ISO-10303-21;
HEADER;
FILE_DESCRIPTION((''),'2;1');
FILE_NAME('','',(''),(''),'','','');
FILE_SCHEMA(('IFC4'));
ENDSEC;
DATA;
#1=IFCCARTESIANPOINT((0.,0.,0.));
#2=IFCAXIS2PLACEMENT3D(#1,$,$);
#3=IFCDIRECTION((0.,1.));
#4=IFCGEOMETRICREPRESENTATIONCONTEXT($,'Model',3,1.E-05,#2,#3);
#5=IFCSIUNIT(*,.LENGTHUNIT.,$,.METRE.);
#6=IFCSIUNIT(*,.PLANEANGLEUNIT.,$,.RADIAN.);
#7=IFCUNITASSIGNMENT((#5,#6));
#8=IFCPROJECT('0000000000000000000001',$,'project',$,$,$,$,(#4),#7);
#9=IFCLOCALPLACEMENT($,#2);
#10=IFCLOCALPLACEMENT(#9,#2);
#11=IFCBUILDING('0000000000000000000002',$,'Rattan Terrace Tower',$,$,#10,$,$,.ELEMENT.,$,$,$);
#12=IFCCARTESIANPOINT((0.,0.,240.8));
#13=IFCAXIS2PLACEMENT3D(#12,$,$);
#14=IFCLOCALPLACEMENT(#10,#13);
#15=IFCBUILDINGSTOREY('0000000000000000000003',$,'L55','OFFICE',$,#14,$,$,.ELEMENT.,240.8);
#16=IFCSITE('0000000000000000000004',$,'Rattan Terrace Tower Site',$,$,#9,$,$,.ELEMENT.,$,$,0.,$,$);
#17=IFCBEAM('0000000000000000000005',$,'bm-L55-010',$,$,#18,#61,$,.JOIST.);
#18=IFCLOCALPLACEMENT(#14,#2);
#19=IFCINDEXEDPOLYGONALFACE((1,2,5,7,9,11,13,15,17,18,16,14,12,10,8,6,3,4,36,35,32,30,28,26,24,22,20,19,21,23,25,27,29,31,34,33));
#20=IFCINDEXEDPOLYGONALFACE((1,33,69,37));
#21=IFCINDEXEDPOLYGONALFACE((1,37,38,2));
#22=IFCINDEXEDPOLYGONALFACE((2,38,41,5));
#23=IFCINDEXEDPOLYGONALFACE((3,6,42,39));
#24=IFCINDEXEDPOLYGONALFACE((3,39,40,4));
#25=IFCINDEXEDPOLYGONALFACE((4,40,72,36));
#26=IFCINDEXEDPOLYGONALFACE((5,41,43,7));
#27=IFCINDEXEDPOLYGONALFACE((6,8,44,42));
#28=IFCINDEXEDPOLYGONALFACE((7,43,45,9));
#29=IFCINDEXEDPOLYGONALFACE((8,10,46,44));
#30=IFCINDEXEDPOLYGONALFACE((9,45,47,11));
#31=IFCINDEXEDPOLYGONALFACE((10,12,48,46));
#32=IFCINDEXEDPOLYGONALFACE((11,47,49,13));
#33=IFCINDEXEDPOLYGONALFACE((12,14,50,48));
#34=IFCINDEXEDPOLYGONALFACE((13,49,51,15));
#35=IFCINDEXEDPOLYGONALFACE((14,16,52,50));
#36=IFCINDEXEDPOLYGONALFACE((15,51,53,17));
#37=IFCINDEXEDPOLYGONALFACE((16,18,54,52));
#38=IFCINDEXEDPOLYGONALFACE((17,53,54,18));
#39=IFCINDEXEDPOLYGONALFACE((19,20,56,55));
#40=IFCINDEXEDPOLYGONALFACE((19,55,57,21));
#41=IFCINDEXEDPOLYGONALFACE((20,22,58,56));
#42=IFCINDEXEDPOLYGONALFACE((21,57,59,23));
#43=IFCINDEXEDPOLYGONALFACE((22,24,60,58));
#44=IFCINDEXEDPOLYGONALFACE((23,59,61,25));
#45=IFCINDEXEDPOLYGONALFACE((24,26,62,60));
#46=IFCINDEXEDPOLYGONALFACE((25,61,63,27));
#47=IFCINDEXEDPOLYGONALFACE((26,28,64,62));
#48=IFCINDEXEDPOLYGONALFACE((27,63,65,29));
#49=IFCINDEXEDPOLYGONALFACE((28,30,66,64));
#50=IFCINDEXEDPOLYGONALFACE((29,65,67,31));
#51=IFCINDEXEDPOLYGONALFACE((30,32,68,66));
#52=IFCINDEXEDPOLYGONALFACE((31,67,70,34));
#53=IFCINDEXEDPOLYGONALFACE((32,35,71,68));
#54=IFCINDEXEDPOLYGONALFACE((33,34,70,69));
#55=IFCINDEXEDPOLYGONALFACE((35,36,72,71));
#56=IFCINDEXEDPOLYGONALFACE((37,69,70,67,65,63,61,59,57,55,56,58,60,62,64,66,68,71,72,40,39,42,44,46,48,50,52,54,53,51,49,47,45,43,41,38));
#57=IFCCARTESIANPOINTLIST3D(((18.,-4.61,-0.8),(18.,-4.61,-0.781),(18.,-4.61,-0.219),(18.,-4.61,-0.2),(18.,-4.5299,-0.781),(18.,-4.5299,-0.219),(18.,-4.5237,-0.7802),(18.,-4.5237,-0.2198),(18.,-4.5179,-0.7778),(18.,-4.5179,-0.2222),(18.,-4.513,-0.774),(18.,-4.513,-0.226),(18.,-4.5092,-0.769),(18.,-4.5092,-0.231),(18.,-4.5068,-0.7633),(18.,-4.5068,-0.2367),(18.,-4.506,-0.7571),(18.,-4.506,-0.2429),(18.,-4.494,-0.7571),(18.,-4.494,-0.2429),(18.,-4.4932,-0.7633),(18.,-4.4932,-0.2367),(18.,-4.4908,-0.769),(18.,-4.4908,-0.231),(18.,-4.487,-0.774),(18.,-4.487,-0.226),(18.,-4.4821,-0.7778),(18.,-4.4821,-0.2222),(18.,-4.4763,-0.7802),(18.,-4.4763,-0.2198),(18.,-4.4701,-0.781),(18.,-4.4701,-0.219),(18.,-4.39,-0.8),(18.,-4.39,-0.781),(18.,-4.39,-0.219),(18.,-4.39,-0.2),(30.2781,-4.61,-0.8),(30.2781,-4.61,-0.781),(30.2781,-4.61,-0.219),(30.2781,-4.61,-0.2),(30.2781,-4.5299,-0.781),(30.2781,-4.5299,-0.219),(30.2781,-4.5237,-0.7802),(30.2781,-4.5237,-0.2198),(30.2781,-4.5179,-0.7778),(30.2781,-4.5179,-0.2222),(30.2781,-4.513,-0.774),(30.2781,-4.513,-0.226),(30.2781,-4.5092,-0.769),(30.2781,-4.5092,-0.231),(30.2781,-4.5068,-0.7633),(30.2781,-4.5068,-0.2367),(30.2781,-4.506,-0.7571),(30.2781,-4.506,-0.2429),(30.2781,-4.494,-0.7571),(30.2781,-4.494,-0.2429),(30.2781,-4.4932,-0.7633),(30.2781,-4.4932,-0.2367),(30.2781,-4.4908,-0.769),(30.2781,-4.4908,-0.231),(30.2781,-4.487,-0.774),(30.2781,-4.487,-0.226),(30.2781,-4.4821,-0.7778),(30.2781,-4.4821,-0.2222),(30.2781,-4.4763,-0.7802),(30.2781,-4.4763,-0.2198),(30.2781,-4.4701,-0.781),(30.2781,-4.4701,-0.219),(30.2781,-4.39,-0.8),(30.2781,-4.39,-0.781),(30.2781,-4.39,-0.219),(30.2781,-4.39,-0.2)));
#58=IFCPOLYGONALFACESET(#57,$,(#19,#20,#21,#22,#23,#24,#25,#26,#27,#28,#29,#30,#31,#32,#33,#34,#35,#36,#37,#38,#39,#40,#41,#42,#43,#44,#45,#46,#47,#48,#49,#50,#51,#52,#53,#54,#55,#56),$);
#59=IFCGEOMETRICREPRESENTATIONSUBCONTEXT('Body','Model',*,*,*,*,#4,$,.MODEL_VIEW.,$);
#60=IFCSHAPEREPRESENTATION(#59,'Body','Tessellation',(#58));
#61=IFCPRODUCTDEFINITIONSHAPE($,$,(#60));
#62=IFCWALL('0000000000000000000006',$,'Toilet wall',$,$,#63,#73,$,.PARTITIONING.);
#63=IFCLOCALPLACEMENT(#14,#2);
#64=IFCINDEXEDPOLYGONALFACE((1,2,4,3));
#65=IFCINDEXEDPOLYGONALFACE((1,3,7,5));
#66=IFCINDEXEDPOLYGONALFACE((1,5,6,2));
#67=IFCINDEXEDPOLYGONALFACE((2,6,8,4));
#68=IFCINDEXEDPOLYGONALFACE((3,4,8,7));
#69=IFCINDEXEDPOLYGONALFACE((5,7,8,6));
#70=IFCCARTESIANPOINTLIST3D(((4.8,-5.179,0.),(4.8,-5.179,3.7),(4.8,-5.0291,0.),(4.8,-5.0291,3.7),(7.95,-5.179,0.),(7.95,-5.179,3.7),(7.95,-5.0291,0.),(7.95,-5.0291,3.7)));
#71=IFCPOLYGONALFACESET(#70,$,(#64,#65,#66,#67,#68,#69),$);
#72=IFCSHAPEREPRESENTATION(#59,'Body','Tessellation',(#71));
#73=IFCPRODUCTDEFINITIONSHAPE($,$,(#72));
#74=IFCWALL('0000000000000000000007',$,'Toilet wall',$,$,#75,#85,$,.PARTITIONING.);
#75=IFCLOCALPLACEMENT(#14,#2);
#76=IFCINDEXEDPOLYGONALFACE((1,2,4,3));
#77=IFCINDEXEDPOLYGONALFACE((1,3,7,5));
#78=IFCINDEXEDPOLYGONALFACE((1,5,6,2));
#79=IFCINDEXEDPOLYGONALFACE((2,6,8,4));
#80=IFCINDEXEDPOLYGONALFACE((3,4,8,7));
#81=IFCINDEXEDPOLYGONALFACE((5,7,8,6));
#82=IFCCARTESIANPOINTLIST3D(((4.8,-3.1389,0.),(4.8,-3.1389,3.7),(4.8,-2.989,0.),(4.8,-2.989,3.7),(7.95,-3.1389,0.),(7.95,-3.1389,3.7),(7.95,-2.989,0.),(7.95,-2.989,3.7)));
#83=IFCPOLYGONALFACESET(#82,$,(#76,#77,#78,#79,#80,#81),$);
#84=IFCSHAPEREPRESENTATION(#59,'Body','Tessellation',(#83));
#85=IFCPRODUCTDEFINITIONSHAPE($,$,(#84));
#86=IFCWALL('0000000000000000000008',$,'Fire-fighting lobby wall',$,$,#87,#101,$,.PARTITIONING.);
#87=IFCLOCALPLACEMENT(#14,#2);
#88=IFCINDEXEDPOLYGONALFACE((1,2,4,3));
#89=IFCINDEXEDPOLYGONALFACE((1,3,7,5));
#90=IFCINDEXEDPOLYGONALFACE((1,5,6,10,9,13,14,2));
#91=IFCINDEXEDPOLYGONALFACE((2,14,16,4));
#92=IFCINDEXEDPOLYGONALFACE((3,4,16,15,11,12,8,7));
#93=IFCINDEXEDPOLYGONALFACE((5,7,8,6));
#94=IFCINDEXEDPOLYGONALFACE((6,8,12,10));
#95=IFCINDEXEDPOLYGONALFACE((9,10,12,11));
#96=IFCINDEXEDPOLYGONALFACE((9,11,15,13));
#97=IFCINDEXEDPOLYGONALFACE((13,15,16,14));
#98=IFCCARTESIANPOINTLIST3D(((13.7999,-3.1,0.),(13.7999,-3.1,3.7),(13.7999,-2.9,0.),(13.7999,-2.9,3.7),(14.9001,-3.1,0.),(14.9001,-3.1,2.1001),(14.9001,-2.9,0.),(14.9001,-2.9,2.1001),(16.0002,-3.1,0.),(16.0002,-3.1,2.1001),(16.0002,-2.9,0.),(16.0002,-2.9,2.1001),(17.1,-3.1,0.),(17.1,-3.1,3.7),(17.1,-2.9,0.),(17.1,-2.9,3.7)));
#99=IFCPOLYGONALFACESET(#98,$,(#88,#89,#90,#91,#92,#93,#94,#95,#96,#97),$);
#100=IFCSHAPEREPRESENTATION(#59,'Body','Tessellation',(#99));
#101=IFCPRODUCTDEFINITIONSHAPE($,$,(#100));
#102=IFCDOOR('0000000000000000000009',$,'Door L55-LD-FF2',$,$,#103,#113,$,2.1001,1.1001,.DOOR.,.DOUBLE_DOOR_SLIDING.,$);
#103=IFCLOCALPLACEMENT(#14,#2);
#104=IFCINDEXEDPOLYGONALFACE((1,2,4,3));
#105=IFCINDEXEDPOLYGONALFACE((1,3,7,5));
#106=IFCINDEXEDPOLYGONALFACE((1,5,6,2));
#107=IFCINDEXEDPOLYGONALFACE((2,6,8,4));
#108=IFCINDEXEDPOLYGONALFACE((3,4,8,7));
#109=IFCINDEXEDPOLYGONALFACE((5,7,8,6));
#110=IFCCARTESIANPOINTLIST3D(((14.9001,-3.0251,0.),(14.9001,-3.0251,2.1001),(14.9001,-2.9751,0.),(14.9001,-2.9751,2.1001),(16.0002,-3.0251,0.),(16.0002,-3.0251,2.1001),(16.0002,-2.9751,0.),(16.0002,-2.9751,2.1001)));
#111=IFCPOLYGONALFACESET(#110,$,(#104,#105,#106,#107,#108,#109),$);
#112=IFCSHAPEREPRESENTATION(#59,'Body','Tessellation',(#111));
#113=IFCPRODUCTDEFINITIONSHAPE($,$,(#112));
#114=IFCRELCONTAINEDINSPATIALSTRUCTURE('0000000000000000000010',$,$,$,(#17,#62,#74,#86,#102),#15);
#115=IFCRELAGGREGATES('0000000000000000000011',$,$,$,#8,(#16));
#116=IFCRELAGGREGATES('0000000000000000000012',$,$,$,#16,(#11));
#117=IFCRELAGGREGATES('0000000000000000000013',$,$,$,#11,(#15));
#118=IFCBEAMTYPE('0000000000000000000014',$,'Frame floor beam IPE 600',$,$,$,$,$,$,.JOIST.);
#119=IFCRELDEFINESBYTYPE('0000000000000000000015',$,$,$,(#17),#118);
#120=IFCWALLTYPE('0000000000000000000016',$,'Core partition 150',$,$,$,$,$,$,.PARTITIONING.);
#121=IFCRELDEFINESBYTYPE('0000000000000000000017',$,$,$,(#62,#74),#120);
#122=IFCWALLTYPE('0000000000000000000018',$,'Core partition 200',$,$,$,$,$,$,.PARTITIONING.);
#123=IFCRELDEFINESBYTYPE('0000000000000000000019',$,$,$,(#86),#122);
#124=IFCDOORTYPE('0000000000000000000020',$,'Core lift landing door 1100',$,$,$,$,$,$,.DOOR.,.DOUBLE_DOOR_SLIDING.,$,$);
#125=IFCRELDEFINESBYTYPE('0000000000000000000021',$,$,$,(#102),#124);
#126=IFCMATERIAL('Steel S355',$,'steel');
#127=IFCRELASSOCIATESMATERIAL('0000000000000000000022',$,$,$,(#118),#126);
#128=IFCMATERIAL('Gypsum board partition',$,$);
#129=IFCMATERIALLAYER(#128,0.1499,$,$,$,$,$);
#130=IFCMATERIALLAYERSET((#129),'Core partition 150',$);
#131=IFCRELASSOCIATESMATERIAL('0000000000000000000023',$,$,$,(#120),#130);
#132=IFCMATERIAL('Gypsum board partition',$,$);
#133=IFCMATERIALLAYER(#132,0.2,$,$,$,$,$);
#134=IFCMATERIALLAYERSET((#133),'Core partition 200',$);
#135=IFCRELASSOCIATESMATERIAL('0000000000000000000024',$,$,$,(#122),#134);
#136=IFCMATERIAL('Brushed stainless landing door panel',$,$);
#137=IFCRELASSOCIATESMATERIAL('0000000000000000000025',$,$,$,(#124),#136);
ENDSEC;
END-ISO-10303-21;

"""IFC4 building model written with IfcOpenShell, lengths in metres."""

from ifc_helpers import new_model, si_unit, direction, frame, frame_2d, origin, origin_2d, place, context, subcontext, project, spatial, rectangle, i_section, extrude, material, layer, layer_set, material_profile, profile_set, type_object, element, fill, save


model = new_model("IFC4")

# Units and contexts
model_context = context("Model", 3, precision=1e-05, world=origin(), true_north=direction((0.0, 1.0)))
body_context = subcontext(model_context, "Body", "Model", "MODEL_VIEW")
ifc_project = project(units=[si_unit("LENGTHUNIT", "METRE"), si_unit("PLANEANGLEUNIT", "RADIAN")], contexts=[model_context])

# Site, building, storey
site_placement = place(None, origin())
site = spatial("IfcSite", under=ifc_project, at=site_placement, Name="Rattan Terrace Tower Site", CompositionType="ELEMENT", RefElevation=0.0)
building_placement = place(site_placement, origin())
building = spatial("IfcBuilding", under=site, at=building_placement, Name="Rattan Terrace Tower", CompositionType="ELEMENT")
storey_placement = place(building_placement, frame((0.0, 0.0, 240.8)))
storey = spatial("IfcBuildingStorey", under=building, at=storey_placement, Name="L55", Description="OFFICE", CompositionType="ELEMENT", Elevation=240.8)

# Beam
ifc_material_1 = material(Name="Steel S355", Category="steel")
ifc_material_profile = material_profile(ifc_material_1, i_section(OverallWidth=0.22, OverallDepth=0.6001, WebThickness=0.012, FlangeThickness=0.019, FilletRadius=0.0239, at=origin_2d()), Name="IPE 600")
ifc_profile_set = profile_set([ifc_material_profile], Name="Steel S355")
beam_type = type_object("IfcBeamType", Name="Frame floor beam IPE 600", PredefinedType="JOIST", material=ifc_profile_set)
beam_placement = place(storey_placement, frame((18.0, -4.5, -0.5), z_axis=(1.0, 0.0, 0.0), x_axis=(0.0, 1.0, 0.0)))
element("IfcBeam", 1, at=beam_placement, inside=storey, type_object=beam_type, Name="bm-L55-010", PredefinedType="JOIST", context=body_context, shape_type="SweptSolid", body=[
    extrude(i_section(OverallWidth=0.22, OverallDepth=0.6001, WebThickness=0.012, FlangeThickness=0.019, FilletRadius=0.0239, at=origin_2d()), origin(), (0.0, 0.0, 1.0), 12.2781),
])

# Walls
ifc_material_2 = material(Name="Gypsum board partition")
ifc_layer_1 = layer(ifc_material_2, 0.1499)
ifc_layer_set_1 = layer_set([ifc_layer_1], Name="Core partition 150")
wall_type_1 = type_object("IfcWallType", Name="Core partition 150", PredefinedType="PARTITIONING", material=ifc_layer_set_1)
for number, where, z_axis, x_axis, name in (
    (2, (4.8, -5.104, 0.0), (0.0, 0.0, 1.0), (1.0, 0.0, 0.0), "Toilet wall"),
    (3, (4.8, -3.064, 0.0), (0.0, 0.0, 1.0), (1.0, 0.0, 0.0), "Toilet wall"),
):
    element("IfcWall", number, at=place(storey_placement, frame(where, z_axis=z_axis, x_axis=x_axis)), inside=storey, type_object=wall_type_1, Name=name, PredefinedType="PARTITIONING", context=body_context, shape_type="SweptSolid", body=[
        extrude(rectangle(XDim=3.1499, YDim=0.1499, at=frame_2d((1.575, 0.0))), origin(), (0.0, 0.0, 1.0), 3.7),
    ])

# Wall, opening, door
ifc_material_3 = material(Name="Gypsum board partition")
ifc_layer_2 = layer(ifc_material_3, 0.2)
ifc_layer_set_2 = layer_set([ifc_layer_2], Name="Core partition 200")
wall_type_2 = type_object("IfcWallType", Name="Core partition 200", PredefinedType="PARTITIONING", material=ifc_layer_set_2)
wall_1_placement = place(storey_placement, frame((13.8, -3.0, 0.0), z_axis=(0.0, 0.0, 1.0), x_axis=(1.0, 0.0, 0.0)))
wall_1 = element("IfcWall", 4, at=wall_1_placement, inside=storey, type_object=wall_type_2, Name="Fire-fighting lobby wall", PredefinedType="PARTITIONING", context=body_context, shape_type="SweptSolid", body=[
    extrude(rectangle(XDim=3.3, YDim=0.2, at=frame_2d((1.6499, 0.0))), origin(), (0.0, 0.0, 1.0), 3.7),
])
opening_1_placement = place(wall_1_placement, frame((1.1001, 0.0, 0.0)))
opening_1 = element("IfcOpeningElement", 5, at=opening_1_placement, cuts=wall_1, PredefinedType="OPENING", context=body_context, shape_type="SweptSolid", body=[
    extrude(rectangle(XDim=1.1001, YDim=2.1001, at=frame_2d((0.55, 1.05))), frame((0.0, 0.1106, 0.0), z_axis=(0.0, -1.0, 0.0), x_axis=(1.0, 0.0, 0.0)), (0.0, 0.0, 1.0), 0.2209),
])
ifc_material_4 = material(Name="Brushed stainless landing door panel")
door_type_1 = type_object("IfcDoorType", Name="Core lift landing door 1100", OperationType="DOUBLE_DOOR_SLIDING", PredefinedType="DOOR", material=ifc_material_4)
door_1_placement = place(opening_1_placement, origin())
door_1 = element("IfcDoor", 6, at=door_1_placement, inside=storey, type_object=door_type_1, Name="Door L55-LD-FF2", OperationType="DOUBLE_DOOR_SLIDING", OverallHeight=2.1001, OverallWidth=1.1001, PredefinedType="DOOR", context=body_context, shape_type="SweptSolid", body=[
    extrude(rectangle(XDim=1.1001, YDim=2.1001, at=frame_2d((0.55, 1.05))), frame((0.0, 0.0249, 0.0), z_axis=(0.0, -1.0, 0.0), x_axis=(1.0, 0.0, 0.0)), (0.0, 0.0, 1.0), 0.05),
])
fill(opening_1, door_1)

save(model, "model.ifc")
